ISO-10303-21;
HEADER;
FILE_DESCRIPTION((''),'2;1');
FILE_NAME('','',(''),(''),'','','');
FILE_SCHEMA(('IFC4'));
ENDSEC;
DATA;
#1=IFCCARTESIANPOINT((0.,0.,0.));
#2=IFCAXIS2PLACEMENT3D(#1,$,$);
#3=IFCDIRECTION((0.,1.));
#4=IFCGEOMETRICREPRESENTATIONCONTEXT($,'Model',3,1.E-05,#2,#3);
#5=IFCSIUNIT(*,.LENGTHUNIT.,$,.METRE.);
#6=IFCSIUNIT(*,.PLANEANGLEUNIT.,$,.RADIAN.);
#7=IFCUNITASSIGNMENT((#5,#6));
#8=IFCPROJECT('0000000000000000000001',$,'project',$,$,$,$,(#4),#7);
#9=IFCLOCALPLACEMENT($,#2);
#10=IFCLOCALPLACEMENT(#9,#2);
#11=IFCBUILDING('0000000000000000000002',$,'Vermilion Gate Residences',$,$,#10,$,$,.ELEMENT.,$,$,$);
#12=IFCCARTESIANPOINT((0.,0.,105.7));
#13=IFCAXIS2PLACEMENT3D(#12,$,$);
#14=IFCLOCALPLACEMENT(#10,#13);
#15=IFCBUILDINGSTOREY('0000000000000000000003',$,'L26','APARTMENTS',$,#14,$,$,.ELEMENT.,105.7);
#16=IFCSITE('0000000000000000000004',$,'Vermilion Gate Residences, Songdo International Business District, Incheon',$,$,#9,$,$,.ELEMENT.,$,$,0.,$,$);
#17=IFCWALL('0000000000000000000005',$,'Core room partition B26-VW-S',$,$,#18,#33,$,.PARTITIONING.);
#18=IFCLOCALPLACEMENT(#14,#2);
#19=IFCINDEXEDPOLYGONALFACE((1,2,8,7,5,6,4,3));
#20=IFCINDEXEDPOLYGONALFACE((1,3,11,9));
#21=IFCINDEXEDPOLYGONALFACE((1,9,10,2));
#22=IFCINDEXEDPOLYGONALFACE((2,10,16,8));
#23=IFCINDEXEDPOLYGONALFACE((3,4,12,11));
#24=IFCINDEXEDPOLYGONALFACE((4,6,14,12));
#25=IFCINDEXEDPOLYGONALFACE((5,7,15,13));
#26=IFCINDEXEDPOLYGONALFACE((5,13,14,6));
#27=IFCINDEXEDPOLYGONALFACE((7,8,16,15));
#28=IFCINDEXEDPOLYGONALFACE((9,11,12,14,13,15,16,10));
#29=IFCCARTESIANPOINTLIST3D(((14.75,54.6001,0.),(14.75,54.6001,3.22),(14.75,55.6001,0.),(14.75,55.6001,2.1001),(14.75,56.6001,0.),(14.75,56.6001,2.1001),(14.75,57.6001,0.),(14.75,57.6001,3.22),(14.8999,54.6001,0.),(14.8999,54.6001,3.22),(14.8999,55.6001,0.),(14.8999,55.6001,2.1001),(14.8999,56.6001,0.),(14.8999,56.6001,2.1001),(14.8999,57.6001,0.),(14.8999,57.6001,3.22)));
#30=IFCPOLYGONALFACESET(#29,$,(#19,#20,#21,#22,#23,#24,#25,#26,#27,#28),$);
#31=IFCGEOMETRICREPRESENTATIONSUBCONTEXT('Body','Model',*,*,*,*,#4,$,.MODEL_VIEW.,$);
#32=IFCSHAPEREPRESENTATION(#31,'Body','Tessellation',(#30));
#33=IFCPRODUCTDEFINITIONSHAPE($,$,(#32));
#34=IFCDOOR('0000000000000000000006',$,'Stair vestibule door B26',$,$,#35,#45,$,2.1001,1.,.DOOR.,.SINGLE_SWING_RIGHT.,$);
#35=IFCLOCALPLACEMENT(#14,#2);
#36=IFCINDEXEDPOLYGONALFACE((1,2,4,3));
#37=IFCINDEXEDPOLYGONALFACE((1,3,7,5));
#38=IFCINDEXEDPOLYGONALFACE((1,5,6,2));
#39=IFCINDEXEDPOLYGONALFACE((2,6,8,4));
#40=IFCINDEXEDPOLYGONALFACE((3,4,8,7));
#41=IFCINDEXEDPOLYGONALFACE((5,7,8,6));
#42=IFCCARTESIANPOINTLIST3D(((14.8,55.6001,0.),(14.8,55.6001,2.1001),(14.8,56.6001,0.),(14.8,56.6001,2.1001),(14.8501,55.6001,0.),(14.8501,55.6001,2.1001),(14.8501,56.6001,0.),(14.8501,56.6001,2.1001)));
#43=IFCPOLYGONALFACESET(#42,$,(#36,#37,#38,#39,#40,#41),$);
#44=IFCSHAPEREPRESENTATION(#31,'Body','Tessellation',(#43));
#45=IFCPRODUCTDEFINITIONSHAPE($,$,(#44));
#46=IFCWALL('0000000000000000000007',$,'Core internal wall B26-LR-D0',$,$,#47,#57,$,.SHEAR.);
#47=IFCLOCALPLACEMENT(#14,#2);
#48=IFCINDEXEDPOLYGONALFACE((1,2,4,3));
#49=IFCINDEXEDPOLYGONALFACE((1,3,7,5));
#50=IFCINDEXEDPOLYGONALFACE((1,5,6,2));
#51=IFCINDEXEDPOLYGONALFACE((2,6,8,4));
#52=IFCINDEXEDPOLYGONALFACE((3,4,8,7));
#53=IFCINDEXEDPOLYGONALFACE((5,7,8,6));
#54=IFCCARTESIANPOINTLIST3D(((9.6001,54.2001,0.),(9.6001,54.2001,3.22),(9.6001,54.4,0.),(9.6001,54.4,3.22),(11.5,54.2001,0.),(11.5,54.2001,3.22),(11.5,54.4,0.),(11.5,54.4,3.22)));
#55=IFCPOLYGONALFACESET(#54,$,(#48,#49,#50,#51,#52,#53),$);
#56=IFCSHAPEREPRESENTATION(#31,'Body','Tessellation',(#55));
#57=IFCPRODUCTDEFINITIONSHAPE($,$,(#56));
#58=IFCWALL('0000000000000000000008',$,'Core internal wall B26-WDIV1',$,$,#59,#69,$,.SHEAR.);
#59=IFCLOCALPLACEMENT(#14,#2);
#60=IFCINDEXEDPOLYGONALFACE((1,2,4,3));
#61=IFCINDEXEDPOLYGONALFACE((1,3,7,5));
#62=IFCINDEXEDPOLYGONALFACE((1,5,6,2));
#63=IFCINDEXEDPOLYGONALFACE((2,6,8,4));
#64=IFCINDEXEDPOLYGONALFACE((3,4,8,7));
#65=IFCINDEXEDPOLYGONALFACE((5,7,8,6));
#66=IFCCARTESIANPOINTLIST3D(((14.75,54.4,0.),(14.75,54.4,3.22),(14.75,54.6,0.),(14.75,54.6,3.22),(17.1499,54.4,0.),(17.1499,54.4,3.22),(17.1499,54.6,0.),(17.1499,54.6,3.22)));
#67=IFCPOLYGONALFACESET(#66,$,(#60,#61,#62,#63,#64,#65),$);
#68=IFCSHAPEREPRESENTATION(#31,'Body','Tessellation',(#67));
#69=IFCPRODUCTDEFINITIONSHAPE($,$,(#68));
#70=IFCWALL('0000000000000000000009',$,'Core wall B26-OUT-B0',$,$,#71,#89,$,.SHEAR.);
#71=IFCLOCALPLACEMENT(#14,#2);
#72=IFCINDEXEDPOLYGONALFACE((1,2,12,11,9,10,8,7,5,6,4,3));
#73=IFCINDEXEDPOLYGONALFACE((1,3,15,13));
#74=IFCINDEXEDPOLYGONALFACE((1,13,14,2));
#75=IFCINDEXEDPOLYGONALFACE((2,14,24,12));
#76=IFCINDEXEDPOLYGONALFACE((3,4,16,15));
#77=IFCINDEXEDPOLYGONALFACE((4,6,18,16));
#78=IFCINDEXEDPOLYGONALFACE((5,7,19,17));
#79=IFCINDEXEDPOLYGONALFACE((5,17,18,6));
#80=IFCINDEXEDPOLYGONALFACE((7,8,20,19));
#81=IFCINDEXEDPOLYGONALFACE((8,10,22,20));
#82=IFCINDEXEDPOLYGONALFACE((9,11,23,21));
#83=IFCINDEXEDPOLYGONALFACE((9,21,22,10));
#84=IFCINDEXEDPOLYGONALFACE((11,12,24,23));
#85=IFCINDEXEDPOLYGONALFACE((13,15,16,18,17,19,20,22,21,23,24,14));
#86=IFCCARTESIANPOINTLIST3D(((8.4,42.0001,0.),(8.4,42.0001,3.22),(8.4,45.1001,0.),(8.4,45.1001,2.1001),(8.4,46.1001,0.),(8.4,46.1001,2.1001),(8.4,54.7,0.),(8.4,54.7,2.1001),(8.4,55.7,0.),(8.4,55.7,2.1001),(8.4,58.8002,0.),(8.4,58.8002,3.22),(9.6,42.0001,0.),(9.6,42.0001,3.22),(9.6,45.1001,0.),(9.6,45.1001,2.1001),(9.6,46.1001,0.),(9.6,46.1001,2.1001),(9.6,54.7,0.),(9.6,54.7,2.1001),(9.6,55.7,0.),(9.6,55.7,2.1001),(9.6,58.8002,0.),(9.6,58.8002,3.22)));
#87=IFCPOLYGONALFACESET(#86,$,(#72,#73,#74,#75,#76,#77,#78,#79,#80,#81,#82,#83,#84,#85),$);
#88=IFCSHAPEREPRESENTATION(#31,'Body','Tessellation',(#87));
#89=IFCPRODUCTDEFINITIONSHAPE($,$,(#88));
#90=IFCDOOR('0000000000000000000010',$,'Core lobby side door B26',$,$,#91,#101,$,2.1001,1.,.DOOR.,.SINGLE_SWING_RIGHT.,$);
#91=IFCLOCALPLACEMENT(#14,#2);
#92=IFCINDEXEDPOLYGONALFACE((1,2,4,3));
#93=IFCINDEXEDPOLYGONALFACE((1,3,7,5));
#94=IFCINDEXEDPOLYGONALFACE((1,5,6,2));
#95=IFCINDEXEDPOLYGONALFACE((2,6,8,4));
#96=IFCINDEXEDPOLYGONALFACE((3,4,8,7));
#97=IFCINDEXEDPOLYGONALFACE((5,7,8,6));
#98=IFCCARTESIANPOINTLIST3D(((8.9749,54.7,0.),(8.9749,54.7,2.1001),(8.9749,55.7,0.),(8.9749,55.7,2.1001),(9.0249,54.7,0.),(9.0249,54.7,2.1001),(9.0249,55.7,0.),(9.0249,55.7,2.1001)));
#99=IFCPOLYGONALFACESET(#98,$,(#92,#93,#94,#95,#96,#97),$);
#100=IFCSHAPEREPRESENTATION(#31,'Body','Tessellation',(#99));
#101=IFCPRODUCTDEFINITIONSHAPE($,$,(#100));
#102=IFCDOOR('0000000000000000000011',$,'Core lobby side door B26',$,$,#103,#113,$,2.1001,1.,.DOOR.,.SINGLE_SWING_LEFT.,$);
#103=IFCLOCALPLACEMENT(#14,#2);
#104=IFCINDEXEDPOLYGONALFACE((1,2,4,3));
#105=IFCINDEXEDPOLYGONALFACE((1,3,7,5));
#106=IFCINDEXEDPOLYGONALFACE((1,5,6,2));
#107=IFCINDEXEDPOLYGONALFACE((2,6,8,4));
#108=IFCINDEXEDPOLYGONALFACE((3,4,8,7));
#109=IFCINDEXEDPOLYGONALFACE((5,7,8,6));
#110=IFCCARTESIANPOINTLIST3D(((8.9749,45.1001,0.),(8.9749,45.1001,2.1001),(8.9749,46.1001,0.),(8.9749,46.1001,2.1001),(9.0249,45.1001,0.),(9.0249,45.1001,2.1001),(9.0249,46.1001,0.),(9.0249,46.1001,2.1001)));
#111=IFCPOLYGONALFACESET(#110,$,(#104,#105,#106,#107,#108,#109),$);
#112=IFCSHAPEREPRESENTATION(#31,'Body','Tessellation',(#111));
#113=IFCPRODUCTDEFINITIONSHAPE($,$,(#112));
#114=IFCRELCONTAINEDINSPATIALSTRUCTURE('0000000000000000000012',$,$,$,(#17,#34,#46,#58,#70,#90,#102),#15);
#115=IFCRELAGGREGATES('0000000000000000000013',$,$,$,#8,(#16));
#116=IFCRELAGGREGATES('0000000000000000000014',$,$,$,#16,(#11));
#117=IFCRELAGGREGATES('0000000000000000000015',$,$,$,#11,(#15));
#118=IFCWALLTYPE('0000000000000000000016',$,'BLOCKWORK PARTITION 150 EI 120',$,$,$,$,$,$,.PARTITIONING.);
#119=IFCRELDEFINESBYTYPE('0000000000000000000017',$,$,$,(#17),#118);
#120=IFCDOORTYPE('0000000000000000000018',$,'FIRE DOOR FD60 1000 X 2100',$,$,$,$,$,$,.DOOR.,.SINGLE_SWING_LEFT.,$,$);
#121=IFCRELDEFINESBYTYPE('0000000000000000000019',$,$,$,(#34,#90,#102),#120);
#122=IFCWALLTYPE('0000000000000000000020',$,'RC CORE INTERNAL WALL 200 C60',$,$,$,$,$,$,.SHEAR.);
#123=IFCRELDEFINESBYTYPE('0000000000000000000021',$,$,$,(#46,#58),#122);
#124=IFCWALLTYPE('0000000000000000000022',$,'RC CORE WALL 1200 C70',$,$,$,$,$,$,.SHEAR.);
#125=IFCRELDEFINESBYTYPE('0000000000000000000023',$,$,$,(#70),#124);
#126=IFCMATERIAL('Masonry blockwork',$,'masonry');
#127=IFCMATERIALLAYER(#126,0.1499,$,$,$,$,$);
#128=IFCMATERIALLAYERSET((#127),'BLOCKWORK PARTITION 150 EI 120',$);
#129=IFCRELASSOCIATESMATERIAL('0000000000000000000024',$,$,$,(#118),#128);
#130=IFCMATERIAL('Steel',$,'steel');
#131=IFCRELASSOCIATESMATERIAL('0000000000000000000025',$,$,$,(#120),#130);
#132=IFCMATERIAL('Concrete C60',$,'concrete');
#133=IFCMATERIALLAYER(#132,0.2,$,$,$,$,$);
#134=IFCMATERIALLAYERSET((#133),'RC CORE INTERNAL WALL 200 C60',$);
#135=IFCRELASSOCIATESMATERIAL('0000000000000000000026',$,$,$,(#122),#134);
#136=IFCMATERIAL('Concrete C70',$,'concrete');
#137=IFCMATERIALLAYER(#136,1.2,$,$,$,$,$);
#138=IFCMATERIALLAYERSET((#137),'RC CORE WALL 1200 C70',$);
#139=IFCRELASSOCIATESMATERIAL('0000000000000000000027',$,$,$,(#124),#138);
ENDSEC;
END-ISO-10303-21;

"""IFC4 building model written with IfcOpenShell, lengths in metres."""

from ifc_helpers import new_model, si_unit, direction, frame, frame_2d, origin, place, context, subcontext, project, spatial, rectangle, extrude, material, layer, layer_set, type_object, element, fill, save


model = new_model("IFC4")

# Units and contexts
model_context = context("Model", 3, precision=1e-05, world=origin(), true_north=direction((0.0, 1.0)))
body_context = subcontext(model_context, "Body", "Model", "MODEL_VIEW")
ifc_project = project(units=[si_unit("LENGTHUNIT", "METRE"), si_unit("PLANEANGLEUNIT", "RADIAN")], contexts=[model_context])

# Site, building, storey
site_placement = place(None, origin())
site = spatial("IfcSite", under=ifc_project, at=site_placement, Name="Vermilion Gate Residences, Songdo International Business District, Incheon", CompositionType="ELEMENT", RefElevation=0.0)
building_placement = place(site_placement, origin())
building = spatial("IfcBuilding", under=site, at=building_placement, Name="Vermilion Gate Residences", CompositionType="ELEMENT")
storey_placement = place(building_placement, frame((0.0, 0.0, 105.7)))
storey = spatial("IfcBuildingStorey", under=building, at=storey_placement, Name="L26", Description="APARTMENTS", CompositionType="ELEMENT", Elevation=105.7)

# Wall, opening, door
ifc_material_1 = material(Name="Masonry blockwork", Category="masonry")
ifc_layer_1 = layer(ifc_material_1, 0.1499)
ifc_layer_set_1 = layer_set([ifc_layer_1], Name="BLOCKWORK PARTITION 150 EI 120")
wall_type_1 = type_object("IfcWallType", Name="BLOCKWORK PARTITION 150 EI 120", PredefinedType="PARTITIONING", material=ifc_layer_set_1)
wall_1_placement = place(storey_placement, frame((14.825, 57.6001, 0.0), z_axis=(0.0, 0.0, 1.0), x_axis=(0.0, -1.0, 0.0)))
wall_1 = element("IfcWall", 1, at=wall_1_placement, inside=storey, type_object=wall_type_1, Name="Core room partition B26-VW-S", PredefinedType="PARTITIONING", context=body_context, shape_type="SweptSolid", body=[
    extrude(rectangle(XDim=3.0, YDim=0.1499, at=frame_2d((1.5, 0.0))), origin(), (0.0, 0.0, 1.0), 3.22),
])
opening_1_placement = place(wall_1_placement, frame((1.0, 0.0, 0.0)))
opening_1 = element("IfcOpeningElement", 2, at=opening_1_placement, cuts=wall_1, PredefinedType="OPENING", context=body_context, shape_type="SweptSolid", body=[
    extrude(rectangle(XDim=1.0, YDim=2.1001, at=frame_2d((0.5, 1.05))), frame((0.0, 0.085, 0.0), z_axis=(0.0, -1.0, 0.0), x_axis=(1.0, 0.0, 0.0)), (0.0, 0.0, 1.0), 0.1699),
])
ifc_material_2 = material(Name="Steel", Category="steel")
door_type_1 = type_object("IfcDoorType", Name="FIRE DOOR FD60 1000 X 2100", OperationType="SINGLE_SWING_LEFT", PredefinedType="DOOR", material=ifc_material_2)
door_1_placement = place(opening_1_placement, frame((1.0, 0.0, 0.0), z_axis=(0.0, 0.0, 1.0), x_axis=(-1.0, 0.0, 0.0)))
door_1 = element("IfcDoor", 3, at=door_1_placement, inside=storey, type_object=door_type_1, Name="Stair vestibule door B26", OperationType="SINGLE_SWING_RIGHT", OverallHeight=2.1001, OverallWidth=1.0, PredefinedType="DOOR", context=body_context, shape_type="SweptSolid", body=[
    extrude(rectangle(XDim=1.0, YDim=2.1001, at=frame_2d((0.5, 1.05))), frame((0.0, 0.0249, 0.0), z_axis=(0.0, -1.0, 0.0), x_axis=(1.0, 0.0, 0.0)), (0.0, 0.0, 1.0), 0.05),
])
fill(opening_1, door_1)

# Walls
ifc_material_3 = material(Name="Concrete C60", Category="concrete")
ifc_layer_2 = layer(ifc_material_3, 0.2)
ifc_layer_set_2 = layer_set([ifc_layer_2], Name="RC CORE INTERNAL WALL 200 C60")
wall_type_2 = type_object("IfcWallType", Name="RC CORE INTERNAL WALL 200 C60", PredefinedType="SHEAR", material=ifc_layer_set_2)
wall_2_placement = place(storey_placement, frame((9.6001, 54.3, 0.0), z_axis=(0.0, 0.0, 1.0), x_axis=(1.0, 0.0, 0.0)))
element("IfcWall", 4, at=wall_2_placement, inside=storey, type_object=wall_type_2, Name="Core internal wall B26-LR-D0", PredefinedType="SHEAR", context=body_context, shape_type="SweptSolid", body=[
    extrude(rectangle(XDim=1.8999, YDim=0.2, at=frame_2d((0.95, 0.0))), origin(), (0.0, 0.0, 1.0), 3.22),
])
wall_3_placement = place(storey_placement, frame((14.75, 54.5, 0.0), z_axis=(0.0, 0.0, 1.0), x_axis=(1.0, 0.0, 0.0)))
element("IfcWall", 5, at=wall_3_placement, inside=storey, type_object=wall_type_2, Name="Core internal wall B26-WDIV1", PredefinedType="SHEAR", context=body_context, shape_type="SweptSolid", body=[
    extrude(rectangle(XDim=2.3999, YDim=0.2, at=frame_2d((1.2, 0.0))), origin(), (0.0, 0.0, 1.0), 3.22),
])

# Wall, openings, doors
ifc_material_4 = material(Name="Concrete C70", Category="concrete")
ifc_layer_3 = layer(ifc_material_4, 1.2)
ifc_layer_set_3 = layer_set([ifc_layer_3], Name="RC CORE WALL 1200 C70")
wall_type_3 = type_object("IfcWallType", Name="RC CORE WALL 1200 C70", PredefinedType="SHEAR", material=ifc_layer_set_3)
wall_4_placement = place(storey_placement, frame((9.0, 58.8, 0.0), z_axis=(0.0, 0.0, 1.0), x_axis=(0.0, -1.0, 0.0)))
wall_4 = element("IfcWall", 6, at=wall_4_placement, inside=storey, type_object=wall_type_3, Name="Core wall B26-OUT-B0", PredefinedType="SHEAR", context=body_context, shape_type="SweptSolid", body=[
    extrude(rectangle(XDim=16.8, YDim=1.2, at=frame_2d((8.3999, 0.0))), origin(), (0.0, 0.0, 1.0), 3.22),
])
opening_2_placement = place(wall_4_placement, frame((3.1001, 0.0, 0.0)))
opening_2 = element("IfcOpeningElement", 7, at=opening_2_placement, cuts=wall_4, PredefinedType="OPENING", context=body_context, shape_type="SweptSolid", body=[
    extrude(rectangle(XDim=1.0, YDim=2.1001, at=frame_2d((0.5, 1.05))), frame((0.0, 0.6099, 0.0), z_axis=(0.0, -1.0, 0.0), x_axis=(1.0, 0.0, 0.0)), (0.0, 0.0, 1.0), 1.22),
])
opening_3_placement = place(wall_4_placement, frame((12.7, 0.0, 0.0)))
opening_3 = element("IfcOpeningElement", 8, at=opening_3_placement, cuts=wall_4, PredefinedType="OPENING", context=body_context, shape_type="SweptSolid", body=[
    extrude(rectangle(XDim=1.0, YDim=2.1001, at=frame_2d((0.5, 1.05))), frame((0.0, 0.6099, 0.0), z_axis=(0.0, -1.0, 0.0), x_axis=(1.0, 0.0, 0.0)), (0.0, 0.0, 1.0), 1.22),
])
door_2_placement = place(opening_2_placement, origin())
door_2 = element("IfcDoor", 9, at=door_2_placement, inside=storey, type_object=door_type_1, Name="Core lobby side door B26", OperationType="SINGLE_SWING_RIGHT", OverallHeight=2.1001, OverallWidth=1.0, PredefinedType="DOOR", context=body_context, shape_type="SweptSolid", body=[
    extrude(rectangle(XDim=1.0, YDim=2.1001, at=frame_2d((0.5, 1.05))), frame((0.0, 0.0249, 0.0), z_axis=(0.0, -1.0, 0.0), x_axis=(1.0, 0.0, 0.0)), (0.0, 0.0, 1.0), 0.05),
])
fill(opening_2, door_2)
door_3_placement = place(opening_3_placement, origin())
door_3 = element("IfcDoor", 10, at=door_3_placement, inside=storey, type_object=door_type_1, Name="Core lobby side door B26", OperationType="SINGLE_SWING_LEFT", OverallHeight=2.1001, OverallWidth=1.0, PredefinedType="DOOR", context=body_context, shape_type="SweptSolid", body=[
    extrude(rectangle(XDim=1.0, YDim=2.1001, at=frame_2d((0.5, 1.05))), frame((0.0, 0.0249, 0.0), z_axis=(0.0, -1.0, 0.0), x_axis=(1.0, 0.0, 0.0)), (0.0, 0.0, 1.0), 0.05),
])
fill(opening_3, door_3)

save(model, "model.ifc")
